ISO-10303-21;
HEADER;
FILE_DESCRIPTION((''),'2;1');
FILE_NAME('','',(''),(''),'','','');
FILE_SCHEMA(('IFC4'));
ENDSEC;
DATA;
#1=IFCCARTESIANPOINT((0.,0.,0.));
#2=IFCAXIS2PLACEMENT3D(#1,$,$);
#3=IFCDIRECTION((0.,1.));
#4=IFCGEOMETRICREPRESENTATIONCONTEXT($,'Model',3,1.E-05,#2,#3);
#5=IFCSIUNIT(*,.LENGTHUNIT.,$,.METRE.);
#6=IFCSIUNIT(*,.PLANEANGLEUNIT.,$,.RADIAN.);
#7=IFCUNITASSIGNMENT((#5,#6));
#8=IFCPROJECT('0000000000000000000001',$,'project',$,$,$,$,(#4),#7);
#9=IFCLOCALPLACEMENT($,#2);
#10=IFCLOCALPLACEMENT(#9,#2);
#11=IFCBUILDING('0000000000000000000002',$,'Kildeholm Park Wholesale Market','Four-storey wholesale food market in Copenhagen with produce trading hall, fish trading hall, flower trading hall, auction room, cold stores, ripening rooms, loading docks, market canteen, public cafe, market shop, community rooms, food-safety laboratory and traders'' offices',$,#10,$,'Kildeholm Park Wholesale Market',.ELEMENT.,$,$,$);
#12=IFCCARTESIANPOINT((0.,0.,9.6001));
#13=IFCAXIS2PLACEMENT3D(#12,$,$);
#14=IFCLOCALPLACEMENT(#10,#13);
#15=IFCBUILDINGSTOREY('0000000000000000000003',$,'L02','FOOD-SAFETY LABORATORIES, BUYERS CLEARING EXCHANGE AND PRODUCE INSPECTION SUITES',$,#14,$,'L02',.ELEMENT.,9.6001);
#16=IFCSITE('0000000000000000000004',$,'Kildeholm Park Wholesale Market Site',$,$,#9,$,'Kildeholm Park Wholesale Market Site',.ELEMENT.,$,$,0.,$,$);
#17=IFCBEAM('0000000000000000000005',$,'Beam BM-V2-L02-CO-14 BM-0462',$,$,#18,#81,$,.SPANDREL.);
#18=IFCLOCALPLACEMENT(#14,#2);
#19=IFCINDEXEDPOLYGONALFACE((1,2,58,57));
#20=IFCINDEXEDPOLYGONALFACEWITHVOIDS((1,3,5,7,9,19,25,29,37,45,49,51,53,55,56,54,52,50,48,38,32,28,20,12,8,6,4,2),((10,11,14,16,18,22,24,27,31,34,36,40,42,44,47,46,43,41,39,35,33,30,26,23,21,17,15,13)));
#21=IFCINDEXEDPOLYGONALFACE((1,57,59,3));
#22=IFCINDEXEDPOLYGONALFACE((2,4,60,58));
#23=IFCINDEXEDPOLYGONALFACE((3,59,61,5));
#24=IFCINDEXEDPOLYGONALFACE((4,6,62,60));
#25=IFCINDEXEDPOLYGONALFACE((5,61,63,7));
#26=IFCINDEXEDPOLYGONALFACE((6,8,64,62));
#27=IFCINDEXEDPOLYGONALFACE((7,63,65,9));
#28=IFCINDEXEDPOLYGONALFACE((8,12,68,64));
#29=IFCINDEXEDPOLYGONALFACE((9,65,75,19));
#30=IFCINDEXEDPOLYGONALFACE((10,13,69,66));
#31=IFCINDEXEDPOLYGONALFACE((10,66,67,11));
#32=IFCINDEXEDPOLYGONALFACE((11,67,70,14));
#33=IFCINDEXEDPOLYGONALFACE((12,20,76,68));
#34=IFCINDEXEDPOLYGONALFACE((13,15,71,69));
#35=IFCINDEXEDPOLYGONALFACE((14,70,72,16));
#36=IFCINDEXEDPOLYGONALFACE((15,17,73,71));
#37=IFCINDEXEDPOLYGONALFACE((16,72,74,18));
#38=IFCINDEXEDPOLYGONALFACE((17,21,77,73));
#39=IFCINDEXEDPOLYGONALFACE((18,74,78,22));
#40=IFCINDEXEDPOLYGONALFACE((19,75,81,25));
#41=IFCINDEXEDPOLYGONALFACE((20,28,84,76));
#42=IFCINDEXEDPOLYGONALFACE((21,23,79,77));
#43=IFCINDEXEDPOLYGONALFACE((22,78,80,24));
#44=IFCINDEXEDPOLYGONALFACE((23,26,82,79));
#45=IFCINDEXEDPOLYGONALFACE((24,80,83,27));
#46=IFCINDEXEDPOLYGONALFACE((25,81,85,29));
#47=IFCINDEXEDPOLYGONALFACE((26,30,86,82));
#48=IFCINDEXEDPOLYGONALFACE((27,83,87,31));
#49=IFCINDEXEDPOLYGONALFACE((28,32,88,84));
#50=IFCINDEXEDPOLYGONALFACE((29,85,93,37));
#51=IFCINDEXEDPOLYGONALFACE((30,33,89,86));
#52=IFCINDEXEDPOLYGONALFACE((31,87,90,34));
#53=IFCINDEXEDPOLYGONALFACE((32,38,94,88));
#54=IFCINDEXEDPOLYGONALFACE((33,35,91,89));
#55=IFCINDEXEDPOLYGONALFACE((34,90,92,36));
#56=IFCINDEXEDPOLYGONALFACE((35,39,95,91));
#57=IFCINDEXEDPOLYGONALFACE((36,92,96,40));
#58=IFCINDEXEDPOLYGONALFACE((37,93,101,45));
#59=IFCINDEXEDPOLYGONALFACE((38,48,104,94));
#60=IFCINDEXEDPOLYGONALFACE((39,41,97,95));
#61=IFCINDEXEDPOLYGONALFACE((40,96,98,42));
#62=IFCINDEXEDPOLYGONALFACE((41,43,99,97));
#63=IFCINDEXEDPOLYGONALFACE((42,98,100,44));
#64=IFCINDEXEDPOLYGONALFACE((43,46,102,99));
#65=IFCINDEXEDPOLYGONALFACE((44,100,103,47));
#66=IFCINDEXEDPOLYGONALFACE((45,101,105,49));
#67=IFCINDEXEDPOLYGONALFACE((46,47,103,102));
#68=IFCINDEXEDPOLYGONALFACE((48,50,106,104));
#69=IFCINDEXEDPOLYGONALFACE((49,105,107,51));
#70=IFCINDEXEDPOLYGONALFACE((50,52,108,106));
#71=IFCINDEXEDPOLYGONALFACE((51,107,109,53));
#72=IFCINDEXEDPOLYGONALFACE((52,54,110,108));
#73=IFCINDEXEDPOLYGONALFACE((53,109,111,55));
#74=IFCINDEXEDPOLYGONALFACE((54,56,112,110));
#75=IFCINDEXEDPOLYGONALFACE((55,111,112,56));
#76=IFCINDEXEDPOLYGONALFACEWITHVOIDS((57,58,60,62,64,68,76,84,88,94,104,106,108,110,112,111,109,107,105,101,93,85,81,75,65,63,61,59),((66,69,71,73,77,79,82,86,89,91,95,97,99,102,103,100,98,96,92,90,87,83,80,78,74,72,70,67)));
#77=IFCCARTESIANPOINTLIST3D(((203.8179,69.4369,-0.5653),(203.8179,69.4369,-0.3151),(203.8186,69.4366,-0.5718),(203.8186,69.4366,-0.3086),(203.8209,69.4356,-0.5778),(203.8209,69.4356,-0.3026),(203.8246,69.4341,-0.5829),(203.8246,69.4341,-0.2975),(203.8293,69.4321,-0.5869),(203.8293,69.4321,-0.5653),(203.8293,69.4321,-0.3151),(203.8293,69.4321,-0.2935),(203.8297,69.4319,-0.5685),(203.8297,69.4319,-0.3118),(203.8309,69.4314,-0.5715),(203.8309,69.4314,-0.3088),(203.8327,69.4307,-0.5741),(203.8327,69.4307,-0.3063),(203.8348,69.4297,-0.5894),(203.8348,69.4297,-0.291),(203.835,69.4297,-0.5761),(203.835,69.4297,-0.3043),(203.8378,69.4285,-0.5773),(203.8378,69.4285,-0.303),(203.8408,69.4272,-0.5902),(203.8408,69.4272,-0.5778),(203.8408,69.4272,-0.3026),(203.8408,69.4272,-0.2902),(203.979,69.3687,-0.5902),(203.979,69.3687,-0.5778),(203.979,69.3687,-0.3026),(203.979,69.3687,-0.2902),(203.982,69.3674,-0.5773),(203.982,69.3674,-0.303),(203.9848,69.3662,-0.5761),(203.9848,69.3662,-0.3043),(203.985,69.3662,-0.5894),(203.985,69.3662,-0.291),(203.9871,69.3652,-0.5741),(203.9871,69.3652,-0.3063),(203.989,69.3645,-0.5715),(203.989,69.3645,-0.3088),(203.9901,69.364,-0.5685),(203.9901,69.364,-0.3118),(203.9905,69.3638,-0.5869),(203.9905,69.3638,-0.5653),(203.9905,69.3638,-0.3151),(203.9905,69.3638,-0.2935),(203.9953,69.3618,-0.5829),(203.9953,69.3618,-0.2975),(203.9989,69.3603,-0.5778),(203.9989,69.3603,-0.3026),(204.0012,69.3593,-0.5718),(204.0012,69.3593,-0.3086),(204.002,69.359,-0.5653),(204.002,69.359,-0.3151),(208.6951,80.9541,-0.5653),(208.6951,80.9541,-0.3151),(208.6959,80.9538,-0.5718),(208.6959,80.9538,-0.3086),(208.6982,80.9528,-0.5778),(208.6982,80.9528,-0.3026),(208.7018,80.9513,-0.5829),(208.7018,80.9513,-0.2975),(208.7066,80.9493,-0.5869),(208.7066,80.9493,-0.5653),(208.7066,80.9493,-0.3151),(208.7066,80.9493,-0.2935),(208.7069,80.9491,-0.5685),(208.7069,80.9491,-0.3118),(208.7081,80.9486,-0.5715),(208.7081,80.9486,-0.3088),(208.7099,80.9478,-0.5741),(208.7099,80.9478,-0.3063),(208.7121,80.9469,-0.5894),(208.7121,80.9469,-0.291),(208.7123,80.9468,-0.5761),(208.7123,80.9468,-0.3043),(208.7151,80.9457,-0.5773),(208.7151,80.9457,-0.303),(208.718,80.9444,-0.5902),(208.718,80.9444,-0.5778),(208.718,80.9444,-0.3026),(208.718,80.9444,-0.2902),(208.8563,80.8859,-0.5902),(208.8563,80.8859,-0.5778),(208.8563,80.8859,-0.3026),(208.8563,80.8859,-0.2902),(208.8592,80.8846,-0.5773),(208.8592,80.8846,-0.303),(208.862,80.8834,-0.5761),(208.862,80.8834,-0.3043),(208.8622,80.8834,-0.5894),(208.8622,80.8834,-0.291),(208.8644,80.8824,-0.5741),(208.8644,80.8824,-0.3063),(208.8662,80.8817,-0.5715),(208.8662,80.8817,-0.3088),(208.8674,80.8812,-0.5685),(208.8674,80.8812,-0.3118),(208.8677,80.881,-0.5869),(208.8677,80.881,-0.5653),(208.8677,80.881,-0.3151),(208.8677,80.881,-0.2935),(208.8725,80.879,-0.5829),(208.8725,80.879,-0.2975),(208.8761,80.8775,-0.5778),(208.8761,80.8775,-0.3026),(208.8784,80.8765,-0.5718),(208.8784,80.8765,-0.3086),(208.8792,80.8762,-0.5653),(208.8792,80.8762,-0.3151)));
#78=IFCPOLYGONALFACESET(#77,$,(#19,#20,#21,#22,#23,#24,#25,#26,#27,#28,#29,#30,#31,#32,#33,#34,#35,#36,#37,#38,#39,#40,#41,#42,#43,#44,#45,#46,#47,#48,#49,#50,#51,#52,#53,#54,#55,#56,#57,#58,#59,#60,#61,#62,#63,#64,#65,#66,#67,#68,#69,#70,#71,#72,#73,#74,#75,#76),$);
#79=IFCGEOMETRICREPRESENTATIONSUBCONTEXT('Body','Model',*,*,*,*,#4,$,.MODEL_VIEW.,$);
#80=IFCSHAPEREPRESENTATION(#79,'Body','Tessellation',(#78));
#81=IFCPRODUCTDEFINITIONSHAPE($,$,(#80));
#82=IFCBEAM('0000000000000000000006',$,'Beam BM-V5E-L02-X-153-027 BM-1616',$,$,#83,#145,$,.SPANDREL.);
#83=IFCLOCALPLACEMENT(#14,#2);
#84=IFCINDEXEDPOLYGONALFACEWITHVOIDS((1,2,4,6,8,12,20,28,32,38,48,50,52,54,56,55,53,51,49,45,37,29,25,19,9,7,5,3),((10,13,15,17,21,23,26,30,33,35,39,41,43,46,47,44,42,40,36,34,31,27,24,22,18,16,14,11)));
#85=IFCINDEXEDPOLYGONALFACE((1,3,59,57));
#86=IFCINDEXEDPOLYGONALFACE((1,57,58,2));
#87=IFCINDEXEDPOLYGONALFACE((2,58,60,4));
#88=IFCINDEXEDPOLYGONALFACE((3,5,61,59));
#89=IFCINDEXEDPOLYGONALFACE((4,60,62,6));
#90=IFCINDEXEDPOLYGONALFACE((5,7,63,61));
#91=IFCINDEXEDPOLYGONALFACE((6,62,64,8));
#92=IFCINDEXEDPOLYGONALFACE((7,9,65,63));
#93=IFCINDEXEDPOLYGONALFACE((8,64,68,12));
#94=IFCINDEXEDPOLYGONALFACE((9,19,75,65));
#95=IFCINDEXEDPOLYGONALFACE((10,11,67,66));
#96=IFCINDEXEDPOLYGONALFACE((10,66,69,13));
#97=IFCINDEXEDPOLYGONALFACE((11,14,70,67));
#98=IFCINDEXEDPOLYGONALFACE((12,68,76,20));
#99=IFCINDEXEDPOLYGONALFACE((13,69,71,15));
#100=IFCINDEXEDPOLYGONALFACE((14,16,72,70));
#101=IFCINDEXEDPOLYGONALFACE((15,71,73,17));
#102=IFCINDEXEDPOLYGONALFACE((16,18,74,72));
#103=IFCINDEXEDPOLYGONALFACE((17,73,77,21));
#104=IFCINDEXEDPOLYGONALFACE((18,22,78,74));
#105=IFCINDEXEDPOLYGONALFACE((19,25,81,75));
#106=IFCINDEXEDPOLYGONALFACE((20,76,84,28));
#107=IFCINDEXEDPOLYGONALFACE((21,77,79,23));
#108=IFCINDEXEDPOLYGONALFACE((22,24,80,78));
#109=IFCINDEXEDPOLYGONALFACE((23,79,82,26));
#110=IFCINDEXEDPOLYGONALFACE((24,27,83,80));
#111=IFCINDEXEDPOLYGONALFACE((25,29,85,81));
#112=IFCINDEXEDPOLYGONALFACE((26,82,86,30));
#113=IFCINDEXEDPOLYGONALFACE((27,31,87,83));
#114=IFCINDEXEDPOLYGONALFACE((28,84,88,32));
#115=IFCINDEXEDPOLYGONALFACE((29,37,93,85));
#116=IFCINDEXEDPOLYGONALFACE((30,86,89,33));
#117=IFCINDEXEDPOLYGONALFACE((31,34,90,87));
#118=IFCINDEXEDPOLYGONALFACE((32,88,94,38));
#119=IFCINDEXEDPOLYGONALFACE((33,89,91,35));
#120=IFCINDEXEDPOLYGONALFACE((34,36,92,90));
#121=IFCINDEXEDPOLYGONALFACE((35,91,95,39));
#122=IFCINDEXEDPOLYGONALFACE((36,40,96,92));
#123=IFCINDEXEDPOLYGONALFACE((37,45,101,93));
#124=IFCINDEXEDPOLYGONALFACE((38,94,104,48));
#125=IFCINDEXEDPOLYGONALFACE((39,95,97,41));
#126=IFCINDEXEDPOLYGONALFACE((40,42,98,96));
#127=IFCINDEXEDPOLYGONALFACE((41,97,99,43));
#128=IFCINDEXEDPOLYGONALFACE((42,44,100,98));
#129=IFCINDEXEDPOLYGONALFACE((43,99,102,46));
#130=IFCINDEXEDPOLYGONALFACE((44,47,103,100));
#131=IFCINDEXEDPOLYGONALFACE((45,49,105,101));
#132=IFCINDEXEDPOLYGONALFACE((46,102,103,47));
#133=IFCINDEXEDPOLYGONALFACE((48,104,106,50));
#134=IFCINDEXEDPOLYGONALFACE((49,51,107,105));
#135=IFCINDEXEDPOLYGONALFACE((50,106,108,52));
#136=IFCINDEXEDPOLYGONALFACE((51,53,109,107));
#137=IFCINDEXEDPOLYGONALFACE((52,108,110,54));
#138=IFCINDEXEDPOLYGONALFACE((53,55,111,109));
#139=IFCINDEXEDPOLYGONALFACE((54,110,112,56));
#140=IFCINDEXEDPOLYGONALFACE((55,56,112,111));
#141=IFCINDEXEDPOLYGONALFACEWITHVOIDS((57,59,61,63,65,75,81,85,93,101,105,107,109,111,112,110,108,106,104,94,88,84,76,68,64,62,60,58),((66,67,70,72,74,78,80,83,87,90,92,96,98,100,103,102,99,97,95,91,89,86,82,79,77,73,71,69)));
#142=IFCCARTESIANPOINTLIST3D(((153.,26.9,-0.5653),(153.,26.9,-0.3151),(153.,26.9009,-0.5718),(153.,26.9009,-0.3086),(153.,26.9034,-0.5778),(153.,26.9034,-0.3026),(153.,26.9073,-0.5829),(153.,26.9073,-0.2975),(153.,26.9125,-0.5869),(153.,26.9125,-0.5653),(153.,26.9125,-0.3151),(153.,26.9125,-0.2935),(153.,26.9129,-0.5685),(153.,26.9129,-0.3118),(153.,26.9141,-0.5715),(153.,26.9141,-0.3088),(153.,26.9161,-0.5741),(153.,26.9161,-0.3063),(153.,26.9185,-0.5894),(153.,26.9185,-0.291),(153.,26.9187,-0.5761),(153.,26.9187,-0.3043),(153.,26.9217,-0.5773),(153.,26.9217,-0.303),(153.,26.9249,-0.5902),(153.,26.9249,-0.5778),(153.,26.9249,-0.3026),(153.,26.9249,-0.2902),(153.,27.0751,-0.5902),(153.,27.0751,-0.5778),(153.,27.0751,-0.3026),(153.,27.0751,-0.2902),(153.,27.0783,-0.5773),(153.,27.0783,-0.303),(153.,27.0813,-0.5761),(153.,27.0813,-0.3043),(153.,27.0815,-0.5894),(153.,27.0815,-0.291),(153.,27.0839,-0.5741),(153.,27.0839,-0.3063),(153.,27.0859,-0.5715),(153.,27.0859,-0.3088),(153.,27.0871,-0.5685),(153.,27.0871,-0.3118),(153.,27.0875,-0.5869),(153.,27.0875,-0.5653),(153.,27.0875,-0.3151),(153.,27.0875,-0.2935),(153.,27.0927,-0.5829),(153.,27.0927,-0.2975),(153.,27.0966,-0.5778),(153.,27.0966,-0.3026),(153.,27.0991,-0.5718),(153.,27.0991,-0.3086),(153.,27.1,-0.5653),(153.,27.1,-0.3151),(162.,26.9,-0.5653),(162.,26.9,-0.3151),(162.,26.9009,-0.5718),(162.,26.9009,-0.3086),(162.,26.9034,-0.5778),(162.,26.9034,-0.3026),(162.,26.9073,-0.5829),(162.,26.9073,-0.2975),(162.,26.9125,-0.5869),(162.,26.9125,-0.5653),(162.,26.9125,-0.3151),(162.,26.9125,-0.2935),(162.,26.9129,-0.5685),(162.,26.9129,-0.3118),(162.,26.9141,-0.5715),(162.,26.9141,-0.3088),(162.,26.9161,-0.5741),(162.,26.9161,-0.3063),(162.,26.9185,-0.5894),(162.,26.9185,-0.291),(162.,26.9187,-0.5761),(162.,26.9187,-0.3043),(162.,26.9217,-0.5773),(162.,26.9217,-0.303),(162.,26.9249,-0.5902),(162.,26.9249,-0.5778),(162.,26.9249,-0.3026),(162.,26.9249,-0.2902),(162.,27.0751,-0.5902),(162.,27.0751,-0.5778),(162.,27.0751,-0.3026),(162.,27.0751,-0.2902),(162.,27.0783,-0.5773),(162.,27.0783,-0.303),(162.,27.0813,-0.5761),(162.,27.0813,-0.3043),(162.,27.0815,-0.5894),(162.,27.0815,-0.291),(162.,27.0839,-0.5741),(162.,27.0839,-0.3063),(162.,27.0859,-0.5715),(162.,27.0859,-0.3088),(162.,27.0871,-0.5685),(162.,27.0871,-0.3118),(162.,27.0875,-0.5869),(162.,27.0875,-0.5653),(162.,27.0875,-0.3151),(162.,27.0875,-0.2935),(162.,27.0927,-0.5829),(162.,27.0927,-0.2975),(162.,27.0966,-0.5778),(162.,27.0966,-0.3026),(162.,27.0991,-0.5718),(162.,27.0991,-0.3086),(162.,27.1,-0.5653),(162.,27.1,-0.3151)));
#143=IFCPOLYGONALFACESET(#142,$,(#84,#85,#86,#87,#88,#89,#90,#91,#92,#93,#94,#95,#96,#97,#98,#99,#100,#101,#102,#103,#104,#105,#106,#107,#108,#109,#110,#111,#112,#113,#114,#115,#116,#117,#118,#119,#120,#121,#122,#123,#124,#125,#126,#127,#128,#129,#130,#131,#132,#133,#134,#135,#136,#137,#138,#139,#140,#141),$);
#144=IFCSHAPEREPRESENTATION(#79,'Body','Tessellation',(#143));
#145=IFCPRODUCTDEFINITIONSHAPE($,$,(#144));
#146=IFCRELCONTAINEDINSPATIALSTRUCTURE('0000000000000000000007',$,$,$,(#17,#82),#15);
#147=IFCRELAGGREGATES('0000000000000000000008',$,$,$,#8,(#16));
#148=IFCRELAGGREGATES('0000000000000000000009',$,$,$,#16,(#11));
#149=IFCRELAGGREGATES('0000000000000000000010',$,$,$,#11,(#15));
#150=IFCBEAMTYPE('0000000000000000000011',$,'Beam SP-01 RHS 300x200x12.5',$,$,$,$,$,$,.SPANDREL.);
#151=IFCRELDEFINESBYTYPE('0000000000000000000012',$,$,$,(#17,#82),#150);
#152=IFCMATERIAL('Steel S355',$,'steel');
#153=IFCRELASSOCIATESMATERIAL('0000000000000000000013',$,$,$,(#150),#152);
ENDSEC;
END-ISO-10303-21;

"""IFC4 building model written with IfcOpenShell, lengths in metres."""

from ifc_helpers import new_model, si_unit, direction, frame, origin, origin_2d, place, context, subcontext, project, spatial, hollow_rectangle, extrude, material, material_profile, profile_set, type_object, element, save


model = new_model("IFC4")

# Units and contexts
model_context = context("Model", 3, precision=1e-05, world=origin(), true_north=direction((0.0, 1.0)))
body_context = subcontext(model_context, "Body", "Model", "MODEL_VIEW")
ifc_project = project(units=[si_unit("LENGTHUNIT", "METRE"), si_unit("PLANEANGLEUNIT", "RADIAN")], contexts=[model_context])

# Site, building, storey
site_placement = place(None, origin())
site = spatial("IfcSite", under=ifc_project, at=site_placement, Name="Kildeholm Park Wholesale Market Site", LongName="Kildeholm Park Wholesale Market Site", CompositionType="ELEMENT", RefElevation=0.0)
building_placement = place(site_placement, origin())
building = spatial("IfcBuilding", under=site, at=building_placement, Name="Kildeholm Park Wholesale Market", Description="Four-storey wholesale food market in Copenhagen with produce trading hall, fish trading hall, flower trading hall, auction room, cold stores, ripening rooms, loading docks, market canteen, public cafe, market shop, community rooms, food-safety laboratory and traders' offices", LongName="Kildeholm Park Wholesale Market", CompositionType="ELEMENT")
storey_placement = place(building_placement, frame((0.0, 0.0, 9.6001)))
storey = spatial("IfcBuildingStorey", under=building, at=storey_placement, Name="L02", Description="FOOD-SAFETY LABORATORIES, BUYERS CLEARING EXCHANGE AND PRODUCE INSPECTION SUITES", LongName="L02", CompositionType="ELEMENT", Elevation=9.6001)

# Shared definitions
ifc_material_1 = material(Name="Steel S355", Category="steel")

# Beams
ifc_material_profile_1 = material_profile(ifc_material_1, hollow_rectangle(XDim=0.2, YDim=0.3, WallThickness=0.0125, InnerFilletRadius=0.0125, OuterFilletRadius=0.0249, at=origin_2d()), Name="RHS 300x200x12.5")
ifc_profile_set_1 = profile_set([ifc_material_profile_1], Name="Steel S355")
beam_type_1 = type_object("IfcBeamType", Name="Beam SP-01 RHS 300x200x12.5", PredefinedType="SPANDREL", material=ifc_profile_set_1)
beam_1_placement = place(storey_placement, frame((203.9099, 69.3979, -0.4402), z_axis=(0.389951, 0.920836, 0.0), x_axis=(-0.920836, 0.389951, 0.0)))
element("IfcBeam", 1, at=beam_1_placement, inside=storey, type_object=beam_type_1, Name="Beam BM-V2-L02-CO-14 BM-0462", PredefinedType="SPANDREL", context=body_context, shape_type="SweptSolid", body=[
    extrude(hollow_rectangle(XDim=0.2, YDim=0.3, WallThickness=0.0125, InnerFilletRadius=0.0125, OuterFilletRadius=0.0249, at=origin_2d()), origin(), (0.0, 0.0, 1.0), 12.5073),
])
for number, where, z_axis, x_axis, name in (
    (2, (153.0, 27.0, -0.4402), (1.0, 0.0, 0.0), (0.0, 1.0, 0.0), "Beam BM-V5E-L02-X-153-027 BM-1616"),
):
    element("IfcBeam", number, at=place(storey_placement, frame(where, z_axis=z_axis, x_axis=x_axis)), inside=storey, type_object=beam_type_1, Name=name, PredefinedType="SPANDREL", context=body_context, shape_type="SweptSolid", body=[
        extrude(hollow_rectangle(XDim=0.2, YDim=0.3, WallThickness=0.0125, InnerFilletRadius=0.0125, OuterFilletRadius=0.0249, at=origin_2d()), origin(), (0.0, 0.0, 1.0), 9.0),
    ])

save(model, "model.ifc")
